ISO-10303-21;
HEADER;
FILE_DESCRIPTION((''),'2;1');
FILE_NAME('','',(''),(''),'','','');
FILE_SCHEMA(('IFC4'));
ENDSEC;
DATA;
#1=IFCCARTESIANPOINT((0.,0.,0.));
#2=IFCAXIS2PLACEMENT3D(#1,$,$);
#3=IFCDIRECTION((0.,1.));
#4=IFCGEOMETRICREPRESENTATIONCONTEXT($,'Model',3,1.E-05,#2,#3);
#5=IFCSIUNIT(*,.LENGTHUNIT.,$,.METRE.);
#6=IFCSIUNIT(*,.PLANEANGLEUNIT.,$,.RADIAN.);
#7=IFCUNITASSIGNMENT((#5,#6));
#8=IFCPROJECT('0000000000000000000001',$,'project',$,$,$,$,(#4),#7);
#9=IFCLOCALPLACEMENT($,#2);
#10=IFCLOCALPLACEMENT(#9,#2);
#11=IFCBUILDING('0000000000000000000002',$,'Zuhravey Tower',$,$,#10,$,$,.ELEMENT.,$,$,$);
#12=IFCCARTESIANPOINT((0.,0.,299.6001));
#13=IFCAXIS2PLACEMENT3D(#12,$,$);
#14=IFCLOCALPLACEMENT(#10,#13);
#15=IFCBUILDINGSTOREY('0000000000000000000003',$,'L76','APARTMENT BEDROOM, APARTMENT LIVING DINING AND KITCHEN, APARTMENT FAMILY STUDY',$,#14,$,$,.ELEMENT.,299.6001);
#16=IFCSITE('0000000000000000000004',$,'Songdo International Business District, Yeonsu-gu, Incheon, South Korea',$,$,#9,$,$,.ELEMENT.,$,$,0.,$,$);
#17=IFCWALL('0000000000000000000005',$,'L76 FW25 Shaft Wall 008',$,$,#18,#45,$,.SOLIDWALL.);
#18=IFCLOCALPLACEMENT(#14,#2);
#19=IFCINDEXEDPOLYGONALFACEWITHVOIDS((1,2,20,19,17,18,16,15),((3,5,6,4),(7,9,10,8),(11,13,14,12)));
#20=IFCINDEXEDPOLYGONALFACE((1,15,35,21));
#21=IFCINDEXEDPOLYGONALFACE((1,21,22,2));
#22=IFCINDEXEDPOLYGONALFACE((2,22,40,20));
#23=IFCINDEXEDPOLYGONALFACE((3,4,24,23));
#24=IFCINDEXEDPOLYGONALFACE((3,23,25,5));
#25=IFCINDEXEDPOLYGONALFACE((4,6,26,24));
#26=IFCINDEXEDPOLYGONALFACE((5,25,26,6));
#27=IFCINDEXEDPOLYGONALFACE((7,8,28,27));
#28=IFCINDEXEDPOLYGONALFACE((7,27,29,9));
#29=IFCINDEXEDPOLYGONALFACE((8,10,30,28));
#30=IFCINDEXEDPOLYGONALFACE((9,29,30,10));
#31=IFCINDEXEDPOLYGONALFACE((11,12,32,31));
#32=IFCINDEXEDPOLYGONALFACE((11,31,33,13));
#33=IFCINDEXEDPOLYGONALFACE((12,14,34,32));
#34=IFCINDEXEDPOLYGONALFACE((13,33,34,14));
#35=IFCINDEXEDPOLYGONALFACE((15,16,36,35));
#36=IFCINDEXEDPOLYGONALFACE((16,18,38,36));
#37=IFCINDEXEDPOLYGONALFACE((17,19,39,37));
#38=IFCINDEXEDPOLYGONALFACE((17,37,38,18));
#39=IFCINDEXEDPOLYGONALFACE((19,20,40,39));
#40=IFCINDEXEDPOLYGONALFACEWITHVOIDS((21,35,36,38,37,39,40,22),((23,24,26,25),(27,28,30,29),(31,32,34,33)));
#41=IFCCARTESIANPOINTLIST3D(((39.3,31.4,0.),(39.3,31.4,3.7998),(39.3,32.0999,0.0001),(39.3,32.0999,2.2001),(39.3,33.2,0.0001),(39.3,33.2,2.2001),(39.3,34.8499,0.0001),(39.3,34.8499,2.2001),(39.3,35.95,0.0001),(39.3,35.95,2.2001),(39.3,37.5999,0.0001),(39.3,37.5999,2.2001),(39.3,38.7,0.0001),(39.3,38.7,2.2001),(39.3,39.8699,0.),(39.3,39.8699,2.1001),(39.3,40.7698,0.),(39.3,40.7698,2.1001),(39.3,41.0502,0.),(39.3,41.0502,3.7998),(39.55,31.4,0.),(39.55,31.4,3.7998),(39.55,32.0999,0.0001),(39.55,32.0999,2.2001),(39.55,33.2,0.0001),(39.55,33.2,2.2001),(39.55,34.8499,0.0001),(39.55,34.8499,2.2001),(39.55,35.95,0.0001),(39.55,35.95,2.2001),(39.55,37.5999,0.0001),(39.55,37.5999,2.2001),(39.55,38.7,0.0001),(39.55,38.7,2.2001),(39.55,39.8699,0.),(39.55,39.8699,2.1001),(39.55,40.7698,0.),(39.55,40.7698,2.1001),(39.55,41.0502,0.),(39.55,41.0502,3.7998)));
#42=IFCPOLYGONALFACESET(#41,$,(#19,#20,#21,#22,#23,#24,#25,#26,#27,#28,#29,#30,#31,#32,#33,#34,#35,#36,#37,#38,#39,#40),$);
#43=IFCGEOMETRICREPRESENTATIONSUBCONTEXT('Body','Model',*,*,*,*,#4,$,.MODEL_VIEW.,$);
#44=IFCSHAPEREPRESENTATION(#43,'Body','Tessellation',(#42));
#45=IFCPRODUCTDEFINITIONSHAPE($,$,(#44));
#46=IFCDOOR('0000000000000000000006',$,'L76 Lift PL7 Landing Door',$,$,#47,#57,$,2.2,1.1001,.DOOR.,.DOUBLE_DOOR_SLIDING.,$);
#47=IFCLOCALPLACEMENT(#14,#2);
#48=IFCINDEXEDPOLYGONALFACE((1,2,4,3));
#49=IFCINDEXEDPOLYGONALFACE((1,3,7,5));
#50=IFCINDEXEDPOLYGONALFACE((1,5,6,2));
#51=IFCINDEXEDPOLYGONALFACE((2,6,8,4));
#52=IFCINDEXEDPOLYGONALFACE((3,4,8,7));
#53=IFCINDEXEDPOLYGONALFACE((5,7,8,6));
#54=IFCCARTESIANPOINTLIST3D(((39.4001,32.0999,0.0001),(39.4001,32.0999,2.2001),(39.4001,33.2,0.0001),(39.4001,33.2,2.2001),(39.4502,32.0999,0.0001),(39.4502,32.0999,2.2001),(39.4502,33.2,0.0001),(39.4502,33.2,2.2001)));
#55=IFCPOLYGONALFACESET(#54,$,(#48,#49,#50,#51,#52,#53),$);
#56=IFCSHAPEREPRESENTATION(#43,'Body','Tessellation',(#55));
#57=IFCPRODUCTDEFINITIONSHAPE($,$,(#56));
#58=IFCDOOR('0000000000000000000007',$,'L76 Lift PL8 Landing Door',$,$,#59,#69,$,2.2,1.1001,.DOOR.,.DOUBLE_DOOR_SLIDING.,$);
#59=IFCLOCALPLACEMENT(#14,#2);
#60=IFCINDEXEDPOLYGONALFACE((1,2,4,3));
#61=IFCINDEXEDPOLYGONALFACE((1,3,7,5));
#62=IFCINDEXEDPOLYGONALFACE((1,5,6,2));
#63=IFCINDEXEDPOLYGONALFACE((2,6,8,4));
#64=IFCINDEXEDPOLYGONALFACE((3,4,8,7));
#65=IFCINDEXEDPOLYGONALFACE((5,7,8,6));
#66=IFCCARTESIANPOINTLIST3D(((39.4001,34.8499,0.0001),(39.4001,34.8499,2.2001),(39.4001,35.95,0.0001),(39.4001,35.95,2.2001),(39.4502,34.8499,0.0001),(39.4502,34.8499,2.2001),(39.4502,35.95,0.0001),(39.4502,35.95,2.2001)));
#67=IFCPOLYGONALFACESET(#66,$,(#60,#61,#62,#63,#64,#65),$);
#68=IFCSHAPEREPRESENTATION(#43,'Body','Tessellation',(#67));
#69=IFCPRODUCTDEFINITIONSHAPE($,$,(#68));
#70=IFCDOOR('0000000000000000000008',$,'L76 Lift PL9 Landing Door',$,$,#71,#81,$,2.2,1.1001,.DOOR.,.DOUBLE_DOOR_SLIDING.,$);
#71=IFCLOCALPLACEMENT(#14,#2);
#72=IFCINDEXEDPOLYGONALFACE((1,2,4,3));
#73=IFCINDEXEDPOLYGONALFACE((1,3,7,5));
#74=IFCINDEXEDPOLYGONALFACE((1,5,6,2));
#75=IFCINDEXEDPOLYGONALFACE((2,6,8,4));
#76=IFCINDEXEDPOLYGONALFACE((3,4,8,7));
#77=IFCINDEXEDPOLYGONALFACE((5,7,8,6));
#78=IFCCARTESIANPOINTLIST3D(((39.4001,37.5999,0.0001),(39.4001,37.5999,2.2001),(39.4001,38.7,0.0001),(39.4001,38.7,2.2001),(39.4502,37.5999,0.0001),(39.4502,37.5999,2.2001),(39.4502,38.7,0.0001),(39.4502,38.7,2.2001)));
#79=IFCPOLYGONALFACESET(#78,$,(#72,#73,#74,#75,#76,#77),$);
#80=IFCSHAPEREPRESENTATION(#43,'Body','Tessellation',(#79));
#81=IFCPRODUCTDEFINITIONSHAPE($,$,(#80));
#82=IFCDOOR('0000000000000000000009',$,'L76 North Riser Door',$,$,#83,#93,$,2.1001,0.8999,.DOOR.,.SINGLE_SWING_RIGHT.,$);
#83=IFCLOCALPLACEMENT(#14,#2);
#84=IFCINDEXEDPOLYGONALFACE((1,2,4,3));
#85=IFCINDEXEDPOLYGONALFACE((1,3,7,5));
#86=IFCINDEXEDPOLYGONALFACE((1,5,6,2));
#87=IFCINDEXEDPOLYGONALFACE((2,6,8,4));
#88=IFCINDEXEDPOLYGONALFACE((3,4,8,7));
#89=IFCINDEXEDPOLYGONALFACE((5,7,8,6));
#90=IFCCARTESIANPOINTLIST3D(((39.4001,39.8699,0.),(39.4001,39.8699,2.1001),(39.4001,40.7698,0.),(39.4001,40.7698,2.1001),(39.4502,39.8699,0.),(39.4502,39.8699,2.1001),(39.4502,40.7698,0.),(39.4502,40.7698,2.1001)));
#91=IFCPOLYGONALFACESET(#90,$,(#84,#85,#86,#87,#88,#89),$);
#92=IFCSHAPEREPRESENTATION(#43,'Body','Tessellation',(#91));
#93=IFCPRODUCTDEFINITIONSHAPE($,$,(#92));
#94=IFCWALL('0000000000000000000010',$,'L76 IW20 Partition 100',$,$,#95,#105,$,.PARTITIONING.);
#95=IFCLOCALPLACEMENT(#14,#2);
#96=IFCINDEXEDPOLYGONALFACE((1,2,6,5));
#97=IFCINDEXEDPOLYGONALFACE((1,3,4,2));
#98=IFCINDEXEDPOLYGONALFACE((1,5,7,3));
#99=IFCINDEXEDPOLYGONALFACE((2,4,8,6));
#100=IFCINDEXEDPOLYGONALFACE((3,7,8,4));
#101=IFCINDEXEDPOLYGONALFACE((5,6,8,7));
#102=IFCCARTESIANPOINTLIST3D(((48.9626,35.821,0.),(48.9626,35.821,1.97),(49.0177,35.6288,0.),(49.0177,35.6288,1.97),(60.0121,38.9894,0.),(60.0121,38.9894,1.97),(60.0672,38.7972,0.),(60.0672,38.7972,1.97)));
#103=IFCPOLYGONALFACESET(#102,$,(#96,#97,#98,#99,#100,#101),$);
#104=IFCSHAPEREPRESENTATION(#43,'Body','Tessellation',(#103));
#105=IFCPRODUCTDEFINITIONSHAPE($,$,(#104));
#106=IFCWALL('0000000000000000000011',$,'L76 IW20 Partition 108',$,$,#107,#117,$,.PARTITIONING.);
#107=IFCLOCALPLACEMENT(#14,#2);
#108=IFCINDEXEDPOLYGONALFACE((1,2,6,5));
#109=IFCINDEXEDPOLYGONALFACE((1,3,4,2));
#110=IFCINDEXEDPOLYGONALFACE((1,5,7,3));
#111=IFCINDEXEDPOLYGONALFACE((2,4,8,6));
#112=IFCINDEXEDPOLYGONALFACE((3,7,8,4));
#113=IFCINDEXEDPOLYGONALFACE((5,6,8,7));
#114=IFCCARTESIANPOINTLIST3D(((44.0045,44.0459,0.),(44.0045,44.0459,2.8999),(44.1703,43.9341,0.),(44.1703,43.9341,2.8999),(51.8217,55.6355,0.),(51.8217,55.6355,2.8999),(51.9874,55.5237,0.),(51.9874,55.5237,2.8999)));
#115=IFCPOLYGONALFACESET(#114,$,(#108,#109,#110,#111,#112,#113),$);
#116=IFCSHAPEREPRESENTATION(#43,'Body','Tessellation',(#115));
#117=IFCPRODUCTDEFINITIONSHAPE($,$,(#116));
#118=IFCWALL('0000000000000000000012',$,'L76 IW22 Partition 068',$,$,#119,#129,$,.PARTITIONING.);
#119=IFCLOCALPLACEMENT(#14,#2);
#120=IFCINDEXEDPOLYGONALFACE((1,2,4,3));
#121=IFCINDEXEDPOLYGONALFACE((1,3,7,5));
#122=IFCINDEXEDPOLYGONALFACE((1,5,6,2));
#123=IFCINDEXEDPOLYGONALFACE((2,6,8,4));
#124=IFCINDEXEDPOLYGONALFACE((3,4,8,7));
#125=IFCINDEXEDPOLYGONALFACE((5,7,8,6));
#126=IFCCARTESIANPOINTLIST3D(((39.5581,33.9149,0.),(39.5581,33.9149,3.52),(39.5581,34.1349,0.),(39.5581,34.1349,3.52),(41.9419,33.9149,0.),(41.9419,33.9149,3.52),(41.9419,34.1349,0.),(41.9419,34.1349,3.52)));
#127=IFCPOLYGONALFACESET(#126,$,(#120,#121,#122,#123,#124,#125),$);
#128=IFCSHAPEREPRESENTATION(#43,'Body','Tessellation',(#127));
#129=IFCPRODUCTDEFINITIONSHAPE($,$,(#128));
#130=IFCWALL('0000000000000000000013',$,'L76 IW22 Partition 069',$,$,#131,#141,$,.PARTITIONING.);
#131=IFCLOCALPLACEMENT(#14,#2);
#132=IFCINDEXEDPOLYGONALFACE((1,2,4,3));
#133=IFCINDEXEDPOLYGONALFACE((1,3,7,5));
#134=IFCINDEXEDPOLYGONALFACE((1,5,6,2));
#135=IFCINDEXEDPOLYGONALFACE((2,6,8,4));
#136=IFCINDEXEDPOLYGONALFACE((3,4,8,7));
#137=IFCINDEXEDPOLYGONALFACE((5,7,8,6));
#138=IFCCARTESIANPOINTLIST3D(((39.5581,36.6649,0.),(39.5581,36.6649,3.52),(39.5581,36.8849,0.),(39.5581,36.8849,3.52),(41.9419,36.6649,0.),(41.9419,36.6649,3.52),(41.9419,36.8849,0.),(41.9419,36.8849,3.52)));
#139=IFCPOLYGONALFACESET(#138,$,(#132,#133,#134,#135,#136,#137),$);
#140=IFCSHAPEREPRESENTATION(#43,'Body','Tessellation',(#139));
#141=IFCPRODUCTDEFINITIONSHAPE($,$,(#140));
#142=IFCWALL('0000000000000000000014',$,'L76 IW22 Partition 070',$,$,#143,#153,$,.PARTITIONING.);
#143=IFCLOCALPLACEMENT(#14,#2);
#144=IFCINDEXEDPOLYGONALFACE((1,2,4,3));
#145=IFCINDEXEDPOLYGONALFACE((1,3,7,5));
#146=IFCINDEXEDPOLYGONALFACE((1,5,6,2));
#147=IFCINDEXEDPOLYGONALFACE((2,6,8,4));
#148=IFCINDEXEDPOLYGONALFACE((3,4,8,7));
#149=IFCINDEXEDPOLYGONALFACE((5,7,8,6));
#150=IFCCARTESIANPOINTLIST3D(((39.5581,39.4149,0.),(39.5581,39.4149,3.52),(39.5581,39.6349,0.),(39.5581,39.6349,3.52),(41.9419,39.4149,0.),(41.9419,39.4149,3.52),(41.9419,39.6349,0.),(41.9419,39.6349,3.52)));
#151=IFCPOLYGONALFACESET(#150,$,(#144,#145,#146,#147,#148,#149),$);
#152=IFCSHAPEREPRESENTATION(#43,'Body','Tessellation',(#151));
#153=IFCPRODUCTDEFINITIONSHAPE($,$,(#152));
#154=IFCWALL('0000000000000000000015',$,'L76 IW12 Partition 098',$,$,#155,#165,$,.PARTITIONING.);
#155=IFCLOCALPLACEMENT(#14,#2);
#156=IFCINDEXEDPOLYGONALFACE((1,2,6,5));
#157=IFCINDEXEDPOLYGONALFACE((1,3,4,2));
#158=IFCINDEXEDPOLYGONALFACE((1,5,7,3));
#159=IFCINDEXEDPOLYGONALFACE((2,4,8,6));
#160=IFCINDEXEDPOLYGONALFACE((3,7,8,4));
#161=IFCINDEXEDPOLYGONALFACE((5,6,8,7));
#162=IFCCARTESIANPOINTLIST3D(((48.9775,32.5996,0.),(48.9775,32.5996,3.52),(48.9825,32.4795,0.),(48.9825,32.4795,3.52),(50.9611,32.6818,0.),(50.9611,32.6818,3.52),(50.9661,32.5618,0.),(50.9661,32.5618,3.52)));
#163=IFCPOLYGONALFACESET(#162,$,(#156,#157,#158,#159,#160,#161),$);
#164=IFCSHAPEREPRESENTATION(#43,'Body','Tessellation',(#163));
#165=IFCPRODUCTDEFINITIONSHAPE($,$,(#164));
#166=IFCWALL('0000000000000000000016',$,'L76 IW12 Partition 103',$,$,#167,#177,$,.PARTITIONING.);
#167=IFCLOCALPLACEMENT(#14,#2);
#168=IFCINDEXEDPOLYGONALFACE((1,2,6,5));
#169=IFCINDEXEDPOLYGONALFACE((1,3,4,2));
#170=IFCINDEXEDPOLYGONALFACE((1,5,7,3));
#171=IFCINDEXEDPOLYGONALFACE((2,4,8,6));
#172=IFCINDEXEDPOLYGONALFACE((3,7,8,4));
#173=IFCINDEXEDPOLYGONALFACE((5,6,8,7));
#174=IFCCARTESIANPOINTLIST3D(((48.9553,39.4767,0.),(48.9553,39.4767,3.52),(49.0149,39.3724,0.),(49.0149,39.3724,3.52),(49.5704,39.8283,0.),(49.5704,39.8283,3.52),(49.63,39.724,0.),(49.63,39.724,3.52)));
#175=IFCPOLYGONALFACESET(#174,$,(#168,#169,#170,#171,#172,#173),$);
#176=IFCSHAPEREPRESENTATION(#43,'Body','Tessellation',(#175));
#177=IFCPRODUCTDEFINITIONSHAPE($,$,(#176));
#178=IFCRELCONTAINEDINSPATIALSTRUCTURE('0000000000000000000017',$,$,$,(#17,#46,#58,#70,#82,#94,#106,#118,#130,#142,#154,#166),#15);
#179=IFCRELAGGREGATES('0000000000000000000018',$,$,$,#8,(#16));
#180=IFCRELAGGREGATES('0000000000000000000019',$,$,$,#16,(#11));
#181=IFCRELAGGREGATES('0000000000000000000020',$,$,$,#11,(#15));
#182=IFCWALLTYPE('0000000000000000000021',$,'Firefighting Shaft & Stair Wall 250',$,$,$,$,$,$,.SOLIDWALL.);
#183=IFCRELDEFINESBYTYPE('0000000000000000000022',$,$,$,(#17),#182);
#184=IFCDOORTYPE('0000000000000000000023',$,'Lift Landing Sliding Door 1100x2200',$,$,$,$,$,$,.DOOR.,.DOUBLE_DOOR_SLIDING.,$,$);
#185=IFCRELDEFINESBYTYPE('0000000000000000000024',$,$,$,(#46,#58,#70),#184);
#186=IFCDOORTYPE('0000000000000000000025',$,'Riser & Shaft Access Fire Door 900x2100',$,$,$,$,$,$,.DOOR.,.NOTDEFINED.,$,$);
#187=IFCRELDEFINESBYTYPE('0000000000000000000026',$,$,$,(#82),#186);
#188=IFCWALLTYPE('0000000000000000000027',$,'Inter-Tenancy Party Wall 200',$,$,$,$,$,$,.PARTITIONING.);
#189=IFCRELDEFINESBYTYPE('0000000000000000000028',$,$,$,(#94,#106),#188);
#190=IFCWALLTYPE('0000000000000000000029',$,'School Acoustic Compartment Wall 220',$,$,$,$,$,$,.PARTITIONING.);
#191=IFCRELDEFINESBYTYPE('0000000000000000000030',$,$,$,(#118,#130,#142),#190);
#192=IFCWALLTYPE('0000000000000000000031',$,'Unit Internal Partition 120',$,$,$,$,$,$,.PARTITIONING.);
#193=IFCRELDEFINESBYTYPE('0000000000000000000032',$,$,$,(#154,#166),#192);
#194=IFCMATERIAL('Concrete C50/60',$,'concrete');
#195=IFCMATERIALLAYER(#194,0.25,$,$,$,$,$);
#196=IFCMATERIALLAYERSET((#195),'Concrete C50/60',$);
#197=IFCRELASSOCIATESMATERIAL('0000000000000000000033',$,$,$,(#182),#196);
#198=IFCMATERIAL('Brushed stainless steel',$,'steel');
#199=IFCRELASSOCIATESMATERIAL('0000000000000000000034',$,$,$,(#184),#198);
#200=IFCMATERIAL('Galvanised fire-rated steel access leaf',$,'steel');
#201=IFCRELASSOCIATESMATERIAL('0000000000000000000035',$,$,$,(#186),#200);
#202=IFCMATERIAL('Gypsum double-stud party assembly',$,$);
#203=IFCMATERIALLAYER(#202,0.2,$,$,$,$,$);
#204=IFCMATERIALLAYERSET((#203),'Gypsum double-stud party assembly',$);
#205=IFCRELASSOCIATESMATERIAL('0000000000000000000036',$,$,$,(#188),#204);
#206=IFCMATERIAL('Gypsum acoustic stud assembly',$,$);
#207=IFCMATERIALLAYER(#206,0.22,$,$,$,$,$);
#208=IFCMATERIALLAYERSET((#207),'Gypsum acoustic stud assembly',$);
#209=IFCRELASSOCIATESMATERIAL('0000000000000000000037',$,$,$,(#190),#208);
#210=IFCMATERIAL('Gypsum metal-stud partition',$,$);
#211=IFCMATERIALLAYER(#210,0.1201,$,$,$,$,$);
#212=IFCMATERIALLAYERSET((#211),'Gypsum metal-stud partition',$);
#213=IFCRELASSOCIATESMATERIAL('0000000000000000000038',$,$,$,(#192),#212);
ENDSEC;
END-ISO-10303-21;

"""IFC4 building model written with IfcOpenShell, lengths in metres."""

from ifc_helpers import new_model, si_unit, direction, frame, frame_2d, origin, place, context, subcontext, project, spatial, rectangle, extrude, material, layer, layer_set, type_object, element, fill, save


model = new_model("IFC4")

# Units and contexts
model_context = context("Model", 3, precision=1e-05, world=origin(), true_north=direction((0.0, 1.0)))
body_context = subcontext(model_context, "Body", "Model", "MODEL_VIEW")
ifc_project = project(units=[si_unit("LENGTHUNIT", "METRE"), si_unit("PLANEANGLEUNIT", "RADIAN")], contexts=[model_context])

# Site, building, storey
site_placement = place(None, origin())
site = spatial("IfcSite", under=ifc_project, at=site_placement, Name="Songdo International Business District, Yeonsu-gu, Incheon, South Korea", CompositionType="ELEMENT", RefElevation=0.0)
building_placement = place(site_placement, origin())
building = spatial("IfcBuilding", under=site, at=building_placement, Name="Zuhravey Tower", CompositionType="ELEMENT")
storey_placement = place(building_placement, frame((0.0, 0.0, 299.6001)))
storey = spatial("IfcBuildingStorey", under=building, at=storey_placement, Name="L76", Description="APARTMENT BEDROOM, APARTMENT LIVING DINING AND KITCHEN, APARTMENT FAMILY STUDY", CompositionType="ELEMENT", Elevation=299.6001)

# Shared definitions
ifc_material_1 = material(Name="Concrete C50/60", Category="concrete")

# Shared definitions
ifc_layer_1 = layer(ifc_material_1, 0.25)
ifc_layer_set_1 = layer_set([ifc_layer_1], Name="Concrete C50/60")
wall_type_1 = type_object("IfcWallType", Name="Firefighting Shaft & Stair Wall 250", PredefinedType="SOLIDWALL", material=ifc_layer_set_1)

# Wall, openings, doors
wall_1_placement = place(storey_placement, frame((39.425, 31.3999, 0.0), z_axis=(0.0, 0.0, 1.0), x_axis=(0.0, 1.0, 0.0)))
wall_1 = element("IfcWall", 1, at=wall_1_placement, inside=storey, type_object=wall_type_1, Name="L76 FW25 Shaft Wall 008", PredefinedType="SOLIDWALL", context=body_context, shape_type="SweptSolid", body=[
    extrude(rectangle(XDim=9.6501, YDim=0.25, at=frame_2d((4.8252, 0.0))), origin(), (0.0, 0.0, 1.0), 3.7998),
])
opening_1_placement = place(wall_1_placement, frame((0.7, 0.0, 0.0)))
opening_1 = element("IfcOpeningElement", 2, at=opening_1_placement, cuts=wall_1, PredefinedType="OPENING", context=body_context, shape_type="SweptSolid", body=[
    extrude(rectangle(XDim=1.1001, YDim=2.2, at=frame_2d((0.55, 1.1001))), frame((0.0, 0.137, 0.0), z_axis=(0.0, -1.0, 0.0), x_axis=(1.0, 0.0, 0.0)), (0.0, 0.0, 1.0), 0.2739),
])
opening_2_placement = place(wall_1_placement, frame((3.45, 0.0, 0.0)))
opening_2 = element("IfcOpeningElement", 3, at=opening_2_placement, cuts=wall_1, PredefinedType="OPENING", context=body_context, shape_type="SweptSolid", body=[
    extrude(rectangle(XDim=1.1001, YDim=2.2, at=frame_2d((0.55, 1.1001))), frame((0.0, 0.137, 0.0), z_axis=(0.0, -1.0, 0.0), x_axis=(1.0, 0.0, 0.0)), (0.0, 0.0, 1.0), 0.2739),
])
opening_3_placement = place(wall_1_placement, frame((6.2, 0.0, 0.0)))
opening_3 = element("IfcOpeningElement", 4, at=opening_3_placement, cuts=wall_1, PredefinedType="OPENING", context=body_context, shape_type="SweptSolid", body=[
    extrude(rectangle(XDim=1.1001, YDim=2.2, at=frame_2d((0.55, 1.1001))), frame((0.0, 0.137, 0.0), z_axis=(0.0, -1.0, 0.0), x_axis=(1.0, 0.0, 0.0)), (0.0, 0.0, 1.0), 0.2739),
])
opening_4_placement = place(wall_1_placement, frame((8.47, 0.0, 0.0)))
opening_4 = element("IfcOpeningElement", 5, at=opening_4_placement, cuts=wall_1, PredefinedType="OPENING", context=body_context, shape_type="SweptSolid", body=[
    extrude(rectangle(XDim=0.8999, YDim=2.1001, at=frame_2d((0.45, 1.05))), frame((0.0, 0.137, 0.0), z_axis=(0.0, -1.0, 0.0), x_axis=(1.0, 0.0, 0.0)), (0.0, 0.0, 1.0), 0.2739),
])
ifc_material_2 = material(Name="Brushed stainless steel", Category="steel")
door_type_1 = type_object("IfcDoorType", Name="Lift Landing Sliding Door 1100x2200", OperationType="DOUBLE_DOOR_SLIDING", PredefinedType="DOOR", material=ifc_material_2)
door_1_placement = place(opening_1_placement, origin())
door_1 = element("IfcDoor", 6, at=door_1_placement, inside=storey, type_object=door_type_1, Name="L76 Lift PL7 Landing Door", OperationType="DOUBLE_DOOR_SLIDING", OverallHeight=2.2, OverallWidth=1.1001, PredefinedType="DOOR", context=body_context, shape_type="SweptSolid", body=[
    extrude(rectangle(XDim=1.1001, YDim=2.2, at=frame_2d((0.55, 1.1001))), frame((0.0, 0.0249, 0.0), z_axis=(0.0, -1.0, 0.0), x_axis=(1.0, 0.0, 0.0)), (0.0, 0.0, 1.0), 0.05),
])
fill(opening_1, door_1)
door_2_placement = place(opening_2_placement, origin())
door_2 = element("IfcDoor", 7, at=door_2_placement, inside=storey, type_object=door_type_1, Name="L76 Lift PL8 Landing Door", OperationType="DOUBLE_DOOR_SLIDING", OverallHeight=2.2, OverallWidth=1.1001, PredefinedType="DOOR", context=body_context, shape_type="SweptSolid", body=[
    extrude(rectangle(XDim=1.1001, YDim=2.2, at=frame_2d((0.55, 1.1001))), frame((0.0, 0.0249, 0.0), z_axis=(0.0, -1.0, 0.0), x_axis=(1.0, 0.0, 0.0)), (0.0, 0.0, 1.0), 0.05),
])
fill(opening_2, door_2)
door_3_placement = place(opening_3_placement, origin())
door_3 = element("IfcDoor", 8, at=door_3_placement, inside=storey, type_object=door_type_1, Name="L76 Lift PL9 Landing Door", OperationType="DOUBLE_DOOR_SLIDING", OverallHeight=2.2, OverallWidth=1.1001, PredefinedType="DOOR", context=body_context, shape_type="SweptSolid", body=[
    extrude(rectangle(XDim=1.1001, YDim=2.2, at=frame_2d((0.55, 1.1001))), frame((0.0, 0.0249, 0.0), z_axis=(0.0, -1.0, 0.0), x_axis=(1.0, 0.0, 0.0)), (0.0, 0.0, 1.0), 0.05),
])
fill(opening_3, door_3)
ifc_material_3 = material(Name="Galvanised fire-rated steel access leaf", Category="steel")
door_type_2 = type_object("IfcDoorType", Name="Riser & Shaft Access Fire Door 900x2100", OperationType="NOTDEFINED", PredefinedType="DOOR", material=ifc_material_3)
door_4_placement = place(opening_4_placement, origin())
door_4 = element("IfcDoor", 9, at=door_4_placement, inside=storey, type_object=door_type_2, Name="L76 North Riser Door", OperationType="SINGLE_SWING_RIGHT", OverallHeight=2.1001, OverallWidth=0.8999, PredefinedType="DOOR", context=body_context, shape_type="SweptSolid", body=[
    extrude(rectangle(XDim=0.8999, YDim=2.1001, at=frame_2d((0.45, 1.05))), frame((0.0, 0.0249, 0.0), z_axis=(0.0, -1.0, 0.0), x_axis=(1.0, 0.0, 0.0)), (0.0, 0.0, 1.0), 0.05),
])
fill(opening_4, door_4)

# Walls
ifc_material_4 = material(Name="Gypsum double-stud party assembly")
ifc_layer_2 = layer(ifc_material_4, 0.2)
ifc_layer_set_2 = layer_set([ifc_layer_2], Name="Gypsum double-stud party assembly")
wall_type_2 = type_object("IfcWallType", Name="Inter-Tenancy Party Wall 200", PredefinedType="PARTITIONING", material=ifc_layer_set_2)
wall_2_placement = place(storey_placement, frame((48.99, 35.7249, 0.0), z_axis=(0.0, 0.0, 1.0), x_axis=(0.961261, 0.275641, 0.0)))
element("IfcWall", 10, at=wall_2_placement, inside=storey, type_object=wall_type_2, Name="L76 IW20 Partition 100", PredefinedType="PARTITIONING", context=body_context, shape_type="SweptSolid", body=[
    extrude(rectangle(XDim=11.4949, YDim=0.2, at=frame_2d((5.7476, 0.0))), origin(), (0.0, 0.0, 1.0), 1.97),
])
wall_3_placement = place(storey_placement, frame((44.0874, 43.99, 0.0), z_axis=(0.0, 0.0, 1.0), x_axis=(0.559186, 0.829042, 0.0)))
element("IfcWall", 11, at=wall_3_placement, inside=storey, type_object=wall_type_2, Name="L76 IW20 Partition 108", PredefinedType="PARTITIONING", context=body_context, shape_type="SweptSolid", body=[
    extrude(rectangle(XDim=13.9795, YDim=0.2, at=frame_2d((6.9897, 0.0))), origin(), (0.0, 0.0, 1.0), 2.8999),
])
ifc_material_5 = material(Name="Gypsum acoustic stud assembly")
ifc_layer_3 = layer(ifc_material_5, 0.22)
ifc_layer_set_3 = layer_set([ifc_layer_3], Name="Gypsum acoustic stud assembly")
wall_type_3 = type_object("IfcWallType", Name="School Acoustic Compartment Wall 220", PredefinedType="PARTITIONING", material=ifc_layer_set_3)
for number, where, z_axis, x_axis, name in (
    (12, (39.5581, 34.0249, 0.0), (0.0, 0.0, 1.0), (1.0, 0.0, 0.0), "L76 IW22 Partition 068"),
    (13, (39.5581, 36.7749, 0.0), (0.0, 0.0, 1.0), (1.0, 0.0, 0.0), "L76 IW22 Partition 069"),
    (14, (39.5581, 39.5249, 0.0), (0.0, 0.0, 1.0), (1.0, 0.0, 0.0), "L76 IW22 Partition 070"),
):
    element("IfcWall", number, at=place(storey_placement, frame(where, z_axis=z_axis, x_axis=x_axis)), inside=storey, type_object=wall_type_3, Name=name, PredefinedType="PARTITIONING", context=body_context, shape_type="SweptSolid", body=[
        extrude(rectangle(XDim=2.3838, YDim=0.22, at=frame_2d((1.1919, 0.0))), origin(), (0.0, 0.0, 1.0), 3.52),
    ])
ifc_material_6 = material(Name="Gypsum metal-stud partition")
ifc_layer_4 = layer(ifc_material_6, 0.1201)
ifc_layer_set_4 = layer_set([ifc_layer_4], Name="Gypsum metal-stud partition")
wall_type_4 = type_object("IfcWallType", Name="Unit Internal Partition 120", PredefinedType="PARTITIONING", material=ifc_layer_set_4)
wall_4_placement = place(storey_placement, frame((48.98, 32.5396, 0.0), z_axis=(0.0, 0.0, 1.0), x_axis=(0.999141, 0.041441, 0.0)))
element("IfcWall", 15, at=wall_4_placement, inside=storey, type_object=wall_type_4, Name="L76 IW12 Partition 098", PredefinedType="PARTITIONING", context=body_context, shape_type="SweptSolid", body=[
    extrude(rectangle(XDim=1.9854, YDim=0.1201, at=frame_2d((0.9927, 0.0))), origin(), (0.0, 0.0, 1.0), 3.52),
])
wall_5_placement = place(storey_placement, frame((48.9851, 39.4246, 0.0), z_axis=(0.0, 0.0, 1.0), x_axis=(0.868158, 0.496287, 0.0)))
element("IfcWall", 16, at=wall_5_placement, inside=storey, type_object=wall_type_4, Name="L76 IW12 Partition 103", PredefinedType="PARTITIONING", context=body_context, shape_type="SweptSolid", body=[
    extrude(rectangle(XDim=0.7085, YDim=0.1201, at=frame_2d((0.3542, 0.0))), origin(), (0.0, 0.0, 1.0), 3.52),
])

save(model, "model.ifc")
